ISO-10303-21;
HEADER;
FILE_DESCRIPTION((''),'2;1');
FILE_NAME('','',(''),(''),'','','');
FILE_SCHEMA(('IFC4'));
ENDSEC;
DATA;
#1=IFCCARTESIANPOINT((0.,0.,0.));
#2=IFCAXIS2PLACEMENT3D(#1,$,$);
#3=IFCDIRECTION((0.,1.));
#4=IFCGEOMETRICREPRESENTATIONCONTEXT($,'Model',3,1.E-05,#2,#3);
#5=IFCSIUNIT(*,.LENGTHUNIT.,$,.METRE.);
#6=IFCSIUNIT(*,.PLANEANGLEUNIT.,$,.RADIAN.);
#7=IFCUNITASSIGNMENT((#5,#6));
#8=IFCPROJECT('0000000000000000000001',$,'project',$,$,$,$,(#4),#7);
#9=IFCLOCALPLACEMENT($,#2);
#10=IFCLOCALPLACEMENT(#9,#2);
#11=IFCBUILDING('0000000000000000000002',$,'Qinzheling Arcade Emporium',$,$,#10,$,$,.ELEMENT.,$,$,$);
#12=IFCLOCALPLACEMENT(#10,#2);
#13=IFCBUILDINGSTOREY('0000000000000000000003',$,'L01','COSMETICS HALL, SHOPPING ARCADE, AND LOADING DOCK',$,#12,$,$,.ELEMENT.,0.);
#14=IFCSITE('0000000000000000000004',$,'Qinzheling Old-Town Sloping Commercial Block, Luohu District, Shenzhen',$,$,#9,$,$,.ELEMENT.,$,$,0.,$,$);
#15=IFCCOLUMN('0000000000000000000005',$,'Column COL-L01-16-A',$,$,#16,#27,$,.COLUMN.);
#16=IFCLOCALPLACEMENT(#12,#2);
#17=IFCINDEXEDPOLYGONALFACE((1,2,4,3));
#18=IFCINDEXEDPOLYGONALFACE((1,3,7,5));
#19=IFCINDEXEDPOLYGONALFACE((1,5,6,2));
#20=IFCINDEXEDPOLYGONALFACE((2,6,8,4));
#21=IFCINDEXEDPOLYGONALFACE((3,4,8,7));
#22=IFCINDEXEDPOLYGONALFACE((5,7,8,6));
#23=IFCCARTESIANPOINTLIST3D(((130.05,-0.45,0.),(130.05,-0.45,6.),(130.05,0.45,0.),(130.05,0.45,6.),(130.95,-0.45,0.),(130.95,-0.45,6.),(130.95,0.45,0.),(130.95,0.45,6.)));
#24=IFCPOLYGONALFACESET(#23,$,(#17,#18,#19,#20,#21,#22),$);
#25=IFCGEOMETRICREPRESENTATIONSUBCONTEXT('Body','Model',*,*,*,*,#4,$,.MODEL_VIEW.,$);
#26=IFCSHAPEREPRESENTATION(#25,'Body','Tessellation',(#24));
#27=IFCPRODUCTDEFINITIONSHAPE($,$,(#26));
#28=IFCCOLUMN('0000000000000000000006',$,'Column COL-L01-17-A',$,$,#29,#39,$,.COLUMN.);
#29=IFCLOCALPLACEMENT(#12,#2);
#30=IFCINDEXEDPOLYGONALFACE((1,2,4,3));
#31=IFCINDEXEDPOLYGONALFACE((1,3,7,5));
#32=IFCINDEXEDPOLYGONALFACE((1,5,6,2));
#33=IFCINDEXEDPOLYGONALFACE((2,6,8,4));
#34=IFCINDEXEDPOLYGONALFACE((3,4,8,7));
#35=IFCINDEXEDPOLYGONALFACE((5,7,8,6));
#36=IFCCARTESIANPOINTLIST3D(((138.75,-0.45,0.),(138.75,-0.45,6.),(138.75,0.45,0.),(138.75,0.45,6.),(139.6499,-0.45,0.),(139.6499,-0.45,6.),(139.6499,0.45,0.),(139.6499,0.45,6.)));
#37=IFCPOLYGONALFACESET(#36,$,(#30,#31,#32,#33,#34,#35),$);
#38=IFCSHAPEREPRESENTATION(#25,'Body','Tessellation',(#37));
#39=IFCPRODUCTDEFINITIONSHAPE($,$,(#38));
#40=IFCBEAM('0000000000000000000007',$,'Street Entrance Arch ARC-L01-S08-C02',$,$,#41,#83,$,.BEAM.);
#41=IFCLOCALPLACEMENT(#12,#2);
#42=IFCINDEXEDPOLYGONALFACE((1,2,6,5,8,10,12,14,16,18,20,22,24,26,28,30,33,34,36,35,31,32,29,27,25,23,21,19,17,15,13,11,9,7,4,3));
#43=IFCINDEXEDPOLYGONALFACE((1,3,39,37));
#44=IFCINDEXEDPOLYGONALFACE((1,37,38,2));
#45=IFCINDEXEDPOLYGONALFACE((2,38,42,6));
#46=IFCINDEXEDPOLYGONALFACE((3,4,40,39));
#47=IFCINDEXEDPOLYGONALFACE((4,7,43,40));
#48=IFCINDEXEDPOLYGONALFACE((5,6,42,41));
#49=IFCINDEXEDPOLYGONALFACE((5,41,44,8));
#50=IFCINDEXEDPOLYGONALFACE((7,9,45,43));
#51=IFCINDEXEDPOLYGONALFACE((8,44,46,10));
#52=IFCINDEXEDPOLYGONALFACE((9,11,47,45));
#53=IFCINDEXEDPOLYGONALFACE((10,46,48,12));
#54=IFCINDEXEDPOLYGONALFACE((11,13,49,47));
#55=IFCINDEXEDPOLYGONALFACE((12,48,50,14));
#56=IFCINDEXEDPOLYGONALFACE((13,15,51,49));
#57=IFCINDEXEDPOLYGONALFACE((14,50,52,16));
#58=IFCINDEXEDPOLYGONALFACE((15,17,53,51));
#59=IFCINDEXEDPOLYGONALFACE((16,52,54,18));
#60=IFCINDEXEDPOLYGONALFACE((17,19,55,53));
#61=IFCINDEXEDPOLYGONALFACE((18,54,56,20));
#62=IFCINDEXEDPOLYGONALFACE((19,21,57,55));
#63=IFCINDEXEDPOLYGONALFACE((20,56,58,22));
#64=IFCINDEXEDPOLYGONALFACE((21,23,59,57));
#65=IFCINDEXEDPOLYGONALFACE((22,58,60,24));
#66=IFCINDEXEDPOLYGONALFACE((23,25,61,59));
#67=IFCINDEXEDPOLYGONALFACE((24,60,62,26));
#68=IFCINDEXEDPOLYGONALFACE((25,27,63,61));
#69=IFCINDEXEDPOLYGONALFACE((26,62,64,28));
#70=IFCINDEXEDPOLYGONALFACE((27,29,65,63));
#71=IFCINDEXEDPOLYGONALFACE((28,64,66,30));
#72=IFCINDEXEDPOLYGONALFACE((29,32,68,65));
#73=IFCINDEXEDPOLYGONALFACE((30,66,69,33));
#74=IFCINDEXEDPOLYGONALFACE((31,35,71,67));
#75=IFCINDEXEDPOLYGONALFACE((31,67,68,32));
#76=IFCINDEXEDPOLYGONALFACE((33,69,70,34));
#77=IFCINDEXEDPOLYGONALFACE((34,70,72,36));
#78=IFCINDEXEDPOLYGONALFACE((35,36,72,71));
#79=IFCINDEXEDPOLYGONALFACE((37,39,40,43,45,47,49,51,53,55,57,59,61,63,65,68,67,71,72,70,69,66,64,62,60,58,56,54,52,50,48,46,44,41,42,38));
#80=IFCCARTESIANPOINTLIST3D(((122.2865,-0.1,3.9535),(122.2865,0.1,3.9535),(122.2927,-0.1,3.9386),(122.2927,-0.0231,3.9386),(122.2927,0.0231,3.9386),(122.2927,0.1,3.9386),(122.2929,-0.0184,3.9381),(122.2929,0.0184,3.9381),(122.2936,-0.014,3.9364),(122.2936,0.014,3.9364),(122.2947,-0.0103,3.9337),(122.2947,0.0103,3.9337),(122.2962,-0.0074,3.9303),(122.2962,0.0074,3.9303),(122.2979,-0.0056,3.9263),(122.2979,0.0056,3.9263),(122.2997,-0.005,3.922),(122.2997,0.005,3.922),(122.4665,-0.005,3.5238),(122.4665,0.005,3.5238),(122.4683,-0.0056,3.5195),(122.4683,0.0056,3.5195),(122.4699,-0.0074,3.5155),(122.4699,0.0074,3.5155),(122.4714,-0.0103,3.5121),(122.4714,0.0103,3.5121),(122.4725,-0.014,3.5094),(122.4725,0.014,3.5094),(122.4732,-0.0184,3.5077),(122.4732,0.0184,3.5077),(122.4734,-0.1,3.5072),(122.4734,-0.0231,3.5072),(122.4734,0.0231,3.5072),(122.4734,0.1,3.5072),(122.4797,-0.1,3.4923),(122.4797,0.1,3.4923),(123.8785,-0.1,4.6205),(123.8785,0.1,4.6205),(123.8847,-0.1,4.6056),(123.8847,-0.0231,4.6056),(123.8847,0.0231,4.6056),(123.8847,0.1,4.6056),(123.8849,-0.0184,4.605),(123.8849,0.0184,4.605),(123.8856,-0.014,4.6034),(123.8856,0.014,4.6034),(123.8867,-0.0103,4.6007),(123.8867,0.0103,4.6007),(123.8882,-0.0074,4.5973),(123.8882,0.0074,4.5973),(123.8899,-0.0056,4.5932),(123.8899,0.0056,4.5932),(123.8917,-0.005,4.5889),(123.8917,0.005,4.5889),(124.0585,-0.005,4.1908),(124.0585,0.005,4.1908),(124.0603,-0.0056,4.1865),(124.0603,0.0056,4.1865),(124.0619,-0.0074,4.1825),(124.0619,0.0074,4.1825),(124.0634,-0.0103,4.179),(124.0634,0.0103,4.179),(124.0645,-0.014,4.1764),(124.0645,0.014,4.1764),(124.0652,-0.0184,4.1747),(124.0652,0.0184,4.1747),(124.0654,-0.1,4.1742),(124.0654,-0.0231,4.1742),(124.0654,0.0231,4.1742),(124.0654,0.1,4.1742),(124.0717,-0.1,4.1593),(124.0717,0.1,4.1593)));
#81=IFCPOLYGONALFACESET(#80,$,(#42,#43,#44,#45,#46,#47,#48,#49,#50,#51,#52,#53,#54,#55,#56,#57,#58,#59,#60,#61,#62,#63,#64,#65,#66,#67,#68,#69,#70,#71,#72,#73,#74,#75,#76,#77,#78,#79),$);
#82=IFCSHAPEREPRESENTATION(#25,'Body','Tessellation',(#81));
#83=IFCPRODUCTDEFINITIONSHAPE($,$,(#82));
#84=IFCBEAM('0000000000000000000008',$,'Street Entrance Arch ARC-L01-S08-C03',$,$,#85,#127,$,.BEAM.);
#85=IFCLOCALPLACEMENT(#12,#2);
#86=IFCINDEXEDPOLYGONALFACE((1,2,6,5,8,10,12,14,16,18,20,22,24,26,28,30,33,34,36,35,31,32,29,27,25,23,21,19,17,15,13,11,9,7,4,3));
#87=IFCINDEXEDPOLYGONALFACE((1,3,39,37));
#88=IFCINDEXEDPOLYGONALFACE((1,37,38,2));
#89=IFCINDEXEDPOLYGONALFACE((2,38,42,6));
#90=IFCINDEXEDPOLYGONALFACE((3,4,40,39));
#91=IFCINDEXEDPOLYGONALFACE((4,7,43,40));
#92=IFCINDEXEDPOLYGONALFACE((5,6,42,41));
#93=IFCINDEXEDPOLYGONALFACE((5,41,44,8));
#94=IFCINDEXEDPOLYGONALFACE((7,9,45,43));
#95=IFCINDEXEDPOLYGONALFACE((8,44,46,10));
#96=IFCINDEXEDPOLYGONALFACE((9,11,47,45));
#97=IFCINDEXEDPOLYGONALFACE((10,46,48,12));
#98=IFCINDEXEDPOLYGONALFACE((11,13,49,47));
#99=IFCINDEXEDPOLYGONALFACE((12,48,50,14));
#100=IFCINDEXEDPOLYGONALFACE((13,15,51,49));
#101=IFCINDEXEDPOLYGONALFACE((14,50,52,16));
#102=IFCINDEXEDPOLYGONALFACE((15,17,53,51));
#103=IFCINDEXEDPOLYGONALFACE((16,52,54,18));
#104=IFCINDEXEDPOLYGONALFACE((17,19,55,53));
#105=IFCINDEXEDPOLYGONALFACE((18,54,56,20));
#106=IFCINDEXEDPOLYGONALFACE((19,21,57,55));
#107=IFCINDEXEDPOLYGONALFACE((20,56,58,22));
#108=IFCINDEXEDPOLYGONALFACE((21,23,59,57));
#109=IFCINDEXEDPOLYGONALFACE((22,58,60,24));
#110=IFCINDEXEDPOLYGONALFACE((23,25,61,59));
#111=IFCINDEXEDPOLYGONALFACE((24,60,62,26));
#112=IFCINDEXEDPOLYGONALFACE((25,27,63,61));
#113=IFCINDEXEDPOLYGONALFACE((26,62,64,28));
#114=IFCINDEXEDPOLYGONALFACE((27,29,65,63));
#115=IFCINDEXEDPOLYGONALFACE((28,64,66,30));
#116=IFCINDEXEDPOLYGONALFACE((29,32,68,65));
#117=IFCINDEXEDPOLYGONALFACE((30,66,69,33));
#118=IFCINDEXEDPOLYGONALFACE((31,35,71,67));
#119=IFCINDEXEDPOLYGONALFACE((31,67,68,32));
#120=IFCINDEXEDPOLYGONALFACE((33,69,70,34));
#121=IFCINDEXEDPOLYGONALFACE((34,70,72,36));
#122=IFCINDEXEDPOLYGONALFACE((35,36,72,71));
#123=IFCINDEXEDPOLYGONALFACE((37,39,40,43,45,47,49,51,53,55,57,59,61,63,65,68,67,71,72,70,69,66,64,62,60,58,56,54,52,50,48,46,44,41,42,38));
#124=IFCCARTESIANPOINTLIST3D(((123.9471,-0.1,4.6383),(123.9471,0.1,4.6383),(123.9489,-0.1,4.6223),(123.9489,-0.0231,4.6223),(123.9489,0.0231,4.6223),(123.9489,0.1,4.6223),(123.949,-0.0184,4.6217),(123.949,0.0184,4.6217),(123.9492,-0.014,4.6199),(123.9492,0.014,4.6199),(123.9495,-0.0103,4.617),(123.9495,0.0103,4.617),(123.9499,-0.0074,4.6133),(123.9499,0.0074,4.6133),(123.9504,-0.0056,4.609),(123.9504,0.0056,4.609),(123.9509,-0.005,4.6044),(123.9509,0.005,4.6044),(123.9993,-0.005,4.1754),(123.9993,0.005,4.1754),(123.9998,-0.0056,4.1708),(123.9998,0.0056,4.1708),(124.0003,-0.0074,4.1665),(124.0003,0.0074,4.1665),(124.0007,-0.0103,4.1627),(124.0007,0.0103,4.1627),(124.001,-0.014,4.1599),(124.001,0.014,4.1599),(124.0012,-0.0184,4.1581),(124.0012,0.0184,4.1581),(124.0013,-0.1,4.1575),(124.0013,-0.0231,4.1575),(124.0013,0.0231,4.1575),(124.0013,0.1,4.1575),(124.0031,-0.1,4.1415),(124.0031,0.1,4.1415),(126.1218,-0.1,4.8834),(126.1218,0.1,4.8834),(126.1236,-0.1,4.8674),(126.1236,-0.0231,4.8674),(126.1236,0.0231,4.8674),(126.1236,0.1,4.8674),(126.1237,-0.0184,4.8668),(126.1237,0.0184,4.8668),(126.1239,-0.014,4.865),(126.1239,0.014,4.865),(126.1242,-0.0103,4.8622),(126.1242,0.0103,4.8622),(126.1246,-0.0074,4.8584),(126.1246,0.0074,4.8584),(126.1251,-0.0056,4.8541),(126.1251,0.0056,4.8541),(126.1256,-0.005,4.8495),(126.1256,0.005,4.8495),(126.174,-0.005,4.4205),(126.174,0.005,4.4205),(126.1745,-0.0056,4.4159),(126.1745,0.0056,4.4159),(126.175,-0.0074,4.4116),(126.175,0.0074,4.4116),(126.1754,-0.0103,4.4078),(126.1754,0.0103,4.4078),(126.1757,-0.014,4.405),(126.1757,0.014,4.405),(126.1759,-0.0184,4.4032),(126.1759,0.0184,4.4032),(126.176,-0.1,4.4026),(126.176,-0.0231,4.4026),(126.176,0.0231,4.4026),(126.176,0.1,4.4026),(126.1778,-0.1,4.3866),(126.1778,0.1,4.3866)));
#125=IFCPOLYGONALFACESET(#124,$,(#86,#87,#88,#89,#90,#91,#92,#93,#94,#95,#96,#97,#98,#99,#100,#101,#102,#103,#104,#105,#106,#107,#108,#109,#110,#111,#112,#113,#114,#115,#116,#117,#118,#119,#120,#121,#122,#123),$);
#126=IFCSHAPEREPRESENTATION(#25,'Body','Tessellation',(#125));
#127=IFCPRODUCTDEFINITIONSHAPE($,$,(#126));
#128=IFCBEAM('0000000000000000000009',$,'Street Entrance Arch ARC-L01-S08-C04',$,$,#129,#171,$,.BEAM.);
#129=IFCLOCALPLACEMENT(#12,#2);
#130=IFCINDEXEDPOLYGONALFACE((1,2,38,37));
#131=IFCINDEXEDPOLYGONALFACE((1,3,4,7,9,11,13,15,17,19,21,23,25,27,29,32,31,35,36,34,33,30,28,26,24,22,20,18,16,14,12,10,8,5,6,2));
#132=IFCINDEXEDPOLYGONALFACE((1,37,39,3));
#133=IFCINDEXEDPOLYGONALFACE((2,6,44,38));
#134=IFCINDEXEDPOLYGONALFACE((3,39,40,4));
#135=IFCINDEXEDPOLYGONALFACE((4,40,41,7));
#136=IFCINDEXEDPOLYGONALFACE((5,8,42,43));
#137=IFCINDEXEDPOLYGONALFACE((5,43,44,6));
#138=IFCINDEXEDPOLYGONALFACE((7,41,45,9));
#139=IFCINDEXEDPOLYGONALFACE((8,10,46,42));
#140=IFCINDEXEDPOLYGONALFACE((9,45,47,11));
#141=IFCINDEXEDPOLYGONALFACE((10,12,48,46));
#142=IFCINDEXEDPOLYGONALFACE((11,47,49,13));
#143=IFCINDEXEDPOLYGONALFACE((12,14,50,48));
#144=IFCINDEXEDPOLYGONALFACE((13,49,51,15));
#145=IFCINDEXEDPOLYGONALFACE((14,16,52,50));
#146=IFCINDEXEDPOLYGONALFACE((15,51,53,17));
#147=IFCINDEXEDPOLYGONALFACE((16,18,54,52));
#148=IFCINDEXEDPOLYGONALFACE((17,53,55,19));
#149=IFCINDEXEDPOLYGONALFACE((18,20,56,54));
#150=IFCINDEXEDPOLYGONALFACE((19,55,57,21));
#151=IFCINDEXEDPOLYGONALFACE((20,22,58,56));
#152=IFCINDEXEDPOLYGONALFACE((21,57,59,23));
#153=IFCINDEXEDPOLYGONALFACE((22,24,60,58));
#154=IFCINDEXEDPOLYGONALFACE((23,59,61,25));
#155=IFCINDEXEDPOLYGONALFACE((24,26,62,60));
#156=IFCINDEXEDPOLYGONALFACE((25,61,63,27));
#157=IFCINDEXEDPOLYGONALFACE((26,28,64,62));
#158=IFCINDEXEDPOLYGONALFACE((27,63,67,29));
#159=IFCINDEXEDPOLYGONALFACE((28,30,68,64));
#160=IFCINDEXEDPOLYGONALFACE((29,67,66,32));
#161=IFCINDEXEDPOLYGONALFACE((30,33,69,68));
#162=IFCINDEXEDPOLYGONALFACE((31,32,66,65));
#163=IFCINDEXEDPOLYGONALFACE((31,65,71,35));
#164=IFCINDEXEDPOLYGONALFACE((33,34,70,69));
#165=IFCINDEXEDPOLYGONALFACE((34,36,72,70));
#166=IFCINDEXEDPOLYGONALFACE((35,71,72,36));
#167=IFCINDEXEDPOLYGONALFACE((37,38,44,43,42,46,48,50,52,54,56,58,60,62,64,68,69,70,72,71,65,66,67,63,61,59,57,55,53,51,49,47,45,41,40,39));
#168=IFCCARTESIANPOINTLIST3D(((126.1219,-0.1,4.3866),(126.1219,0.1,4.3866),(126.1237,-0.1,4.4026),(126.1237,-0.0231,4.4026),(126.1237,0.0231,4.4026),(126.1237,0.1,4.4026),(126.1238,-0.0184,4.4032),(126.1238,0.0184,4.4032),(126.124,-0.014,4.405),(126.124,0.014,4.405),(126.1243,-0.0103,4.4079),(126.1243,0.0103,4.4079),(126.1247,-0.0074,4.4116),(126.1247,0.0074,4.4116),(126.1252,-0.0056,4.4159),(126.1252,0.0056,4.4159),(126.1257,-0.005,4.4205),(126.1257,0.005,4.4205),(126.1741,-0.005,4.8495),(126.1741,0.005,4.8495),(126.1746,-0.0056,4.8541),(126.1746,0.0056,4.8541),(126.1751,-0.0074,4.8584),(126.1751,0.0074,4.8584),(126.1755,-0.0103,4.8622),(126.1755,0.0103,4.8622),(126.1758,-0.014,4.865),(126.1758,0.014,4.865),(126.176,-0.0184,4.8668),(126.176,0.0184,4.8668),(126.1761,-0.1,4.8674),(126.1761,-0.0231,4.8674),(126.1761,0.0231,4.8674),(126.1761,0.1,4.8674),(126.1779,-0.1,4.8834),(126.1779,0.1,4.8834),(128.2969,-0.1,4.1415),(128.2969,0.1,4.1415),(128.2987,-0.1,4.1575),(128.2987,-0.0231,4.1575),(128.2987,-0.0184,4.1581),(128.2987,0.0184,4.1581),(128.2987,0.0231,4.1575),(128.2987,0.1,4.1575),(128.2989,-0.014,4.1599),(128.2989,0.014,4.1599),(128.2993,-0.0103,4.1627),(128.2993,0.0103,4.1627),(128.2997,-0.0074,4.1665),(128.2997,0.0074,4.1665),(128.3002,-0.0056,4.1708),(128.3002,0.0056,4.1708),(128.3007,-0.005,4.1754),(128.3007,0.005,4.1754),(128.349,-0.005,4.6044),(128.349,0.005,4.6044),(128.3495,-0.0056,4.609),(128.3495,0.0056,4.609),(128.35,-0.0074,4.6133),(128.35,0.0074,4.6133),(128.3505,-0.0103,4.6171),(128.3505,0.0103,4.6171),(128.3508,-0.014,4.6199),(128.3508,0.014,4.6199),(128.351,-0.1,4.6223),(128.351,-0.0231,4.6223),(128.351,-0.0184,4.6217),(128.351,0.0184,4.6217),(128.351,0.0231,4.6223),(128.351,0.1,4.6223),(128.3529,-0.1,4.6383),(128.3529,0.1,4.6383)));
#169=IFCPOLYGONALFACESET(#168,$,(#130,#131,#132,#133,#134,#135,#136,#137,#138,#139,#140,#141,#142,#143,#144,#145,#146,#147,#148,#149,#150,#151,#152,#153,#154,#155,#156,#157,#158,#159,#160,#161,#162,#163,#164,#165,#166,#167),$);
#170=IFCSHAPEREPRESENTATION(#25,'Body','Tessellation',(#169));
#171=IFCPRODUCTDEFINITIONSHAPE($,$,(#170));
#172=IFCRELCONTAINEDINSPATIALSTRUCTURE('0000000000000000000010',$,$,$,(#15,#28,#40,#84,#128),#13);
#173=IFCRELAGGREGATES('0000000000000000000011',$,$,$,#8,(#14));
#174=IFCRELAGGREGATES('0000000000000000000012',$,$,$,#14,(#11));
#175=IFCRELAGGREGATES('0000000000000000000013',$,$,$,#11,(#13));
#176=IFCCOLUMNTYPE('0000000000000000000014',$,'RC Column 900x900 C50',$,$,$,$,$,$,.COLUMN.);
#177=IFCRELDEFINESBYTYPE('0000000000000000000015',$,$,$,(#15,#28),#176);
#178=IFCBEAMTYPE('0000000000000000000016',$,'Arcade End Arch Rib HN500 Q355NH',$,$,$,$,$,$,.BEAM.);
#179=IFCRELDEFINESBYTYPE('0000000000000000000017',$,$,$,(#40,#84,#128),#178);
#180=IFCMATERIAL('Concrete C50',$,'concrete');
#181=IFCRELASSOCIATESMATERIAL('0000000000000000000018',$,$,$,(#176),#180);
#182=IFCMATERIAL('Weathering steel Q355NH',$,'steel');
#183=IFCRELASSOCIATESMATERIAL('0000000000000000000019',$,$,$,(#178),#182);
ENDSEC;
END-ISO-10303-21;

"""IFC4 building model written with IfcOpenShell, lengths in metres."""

from ifc_helpers import new_model, si_unit, direction, frame, origin, origin_2d, place, context, subcontext, project, spatial, rectangle, i_section, extrude, material, material_profile, profile_set, type_object, element, save


model = new_model("IFC4")

# Units and contexts
model_context = context("Model", 3, precision=1e-05, world=origin(), true_north=direction((0.0, 1.0)))
body_context = subcontext(model_context, "Body", "Model", "MODEL_VIEW")
ifc_project = project(units=[si_unit("LENGTHUNIT", "METRE"), si_unit("PLANEANGLEUNIT", "RADIAN")], contexts=[model_context])

# Site, building, storey
site_placement = place(None, origin())
site = spatial("IfcSite", under=ifc_project, at=site_placement, Name="Qinzheling Old-Town Sloping Commercial Block, Luohu District, Shenzhen", CompositionType="ELEMENT", RefElevation=0.0)
building_placement = place(site_placement, origin())
building = spatial("IfcBuilding", under=site, at=building_placement, Name="Qinzheling Arcade Emporium", CompositionType="ELEMENT")
storey_placement = place(building_placement, origin())
storey = spatial("IfcBuildingStorey", under=building, at=storey_placement, Name="L01", Description="COSMETICS HALL, SHOPPING ARCADE, AND LOADING DOCK", CompositionType="ELEMENT", Elevation=0.0)

# Columns
ifc_material_1 = material(Name="Concrete C50", Category="concrete")
ifc_material_profile_1 = material_profile(ifc_material_1, rectangle(XDim=0.8999, YDim=0.8999, at=origin_2d()), Name="RC 900x900", Category="concrete")
ifc_profile_set_1 = profile_set([ifc_material_profile_1], Name="Concrete C50")
column_type = type_object("IfcColumnType", Name="RC Column 900x900 C50", PredefinedType="COLUMN", material=ifc_profile_set_1)
for number, where, z_axis, x_axis, name in (
    (1, (130.5, 0.0, 0.0), (0.0, 0.0, 1.0), (1.0, 0.0, 0.0), "Column COL-L01-16-A"),
    (2, (139.2, 0.0, 0.0), (0.0, 0.0, 1.0), (1.0, 0.0, 0.0), "Column COL-L01-17-A"),
):
    element("IfcColumn", number, at=place(storey_placement, frame(where, z_axis=z_axis, x_axis=x_axis)), inside=storey, type_object=column_type, Name=name, PredefinedType="COLUMN", context=body_context, shape_type="SweptSolid", body=[
        extrude(rectangle(XDim=0.8999, YDim=0.8999, at=origin_2d()), origin(), (0.0, 0.0, 1.0), 6.0),
    ])

# Beams
ifc_material_2 = material(Name="Weathering steel Q355NH", Category="steel")
ifc_material_profile_2 = material_profile(ifc_material_2, i_section(OverallWidth=0.2, OverallDepth=0.5, WebThickness=0.01, FlangeThickness=0.0161, FilletRadius=0.0181, at=origin_2d()), Name="HN 500x200x10x16", Category="steel")
ifc_profile_set_2 = profile_set([ifc_material_profile_2], Name="Weathering steel Q355NH")
beam_type_1 = type_object("IfcBeamType", Name="Arcade End Arch Rib HN500 Q355NH", PredefinedType="BEAM", material=ifc_profile_set_2)
beam_1_placement = place(storey_placement, frame((122.3831, 0.0, 3.7229), z_axis=(0.922326, 0.0, 0.386412), x_axis=(0.0, 1.0, 0.0)))
element("IfcBeam", 3, at=beam_1_placement, inside=storey, type_object=beam_type_1, Name="Street Entrance Arch ARC-L01-S08-C02", PredefinedType="BEAM", context=body_context, shape_type="SweptSolid", body=[
    extrude(i_section(OverallWidth=0.2, OverallDepth=0.5, WebThickness=0.01, FlangeThickness=0.0161, FilletRadius=0.0181, at=origin_2d()), origin(), (0.0, 0.0, 1.0), 1.7261),
])
beam_2_placement = place(storey_placement, frame((123.9751, 0.0, 4.3899), z_axis=(0.993708, 0.0, 0.111999), x_axis=(0.0, 1.0, 0.0)))
element("IfcBeam", 4, at=beam_2_placement, inside=storey, type_object=beam_type_1, Name="Street Entrance Arch ARC-L01-S08-C03", PredefinedType="BEAM", context=body_context, shape_type="SweptSolid", body=[
    extrude(i_section(OverallWidth=0.2, OverallDepth=0.5, WebThickness=0.01, FlangeThickness=0.0161, FilletRadius=0.0181, at=origin_2d()), origin(), (0.0, 0.0, 1.0), 2.1885),
])
beam_3_placement = place(storey_placement, frame((126.1499, 0.0, 4.635), z_axis=(0.99371, 0.0, -0.111986), x_axis=(0.0, 1.0, 0.0)))
element("IfcBeam", 5, at=beam_3_placement, inside=storey, type_object=beam_type_1, Name="Street Entrance Arch ARC-L01-S08-C04", PredefinedType="BEAM", context=body_context, shape_type="SweptSolid", body=[
    extrude(i_section(OverallWidth=0.2, OverallDepth=0.5, WebThickness=0.01, FlangeThickness=0.0161, FilletRadius=0.0181, at=origin_2d()), origin(), (0.0, 0.0, 1.0), 2.1887),
])

save(model, "model.ifc")
